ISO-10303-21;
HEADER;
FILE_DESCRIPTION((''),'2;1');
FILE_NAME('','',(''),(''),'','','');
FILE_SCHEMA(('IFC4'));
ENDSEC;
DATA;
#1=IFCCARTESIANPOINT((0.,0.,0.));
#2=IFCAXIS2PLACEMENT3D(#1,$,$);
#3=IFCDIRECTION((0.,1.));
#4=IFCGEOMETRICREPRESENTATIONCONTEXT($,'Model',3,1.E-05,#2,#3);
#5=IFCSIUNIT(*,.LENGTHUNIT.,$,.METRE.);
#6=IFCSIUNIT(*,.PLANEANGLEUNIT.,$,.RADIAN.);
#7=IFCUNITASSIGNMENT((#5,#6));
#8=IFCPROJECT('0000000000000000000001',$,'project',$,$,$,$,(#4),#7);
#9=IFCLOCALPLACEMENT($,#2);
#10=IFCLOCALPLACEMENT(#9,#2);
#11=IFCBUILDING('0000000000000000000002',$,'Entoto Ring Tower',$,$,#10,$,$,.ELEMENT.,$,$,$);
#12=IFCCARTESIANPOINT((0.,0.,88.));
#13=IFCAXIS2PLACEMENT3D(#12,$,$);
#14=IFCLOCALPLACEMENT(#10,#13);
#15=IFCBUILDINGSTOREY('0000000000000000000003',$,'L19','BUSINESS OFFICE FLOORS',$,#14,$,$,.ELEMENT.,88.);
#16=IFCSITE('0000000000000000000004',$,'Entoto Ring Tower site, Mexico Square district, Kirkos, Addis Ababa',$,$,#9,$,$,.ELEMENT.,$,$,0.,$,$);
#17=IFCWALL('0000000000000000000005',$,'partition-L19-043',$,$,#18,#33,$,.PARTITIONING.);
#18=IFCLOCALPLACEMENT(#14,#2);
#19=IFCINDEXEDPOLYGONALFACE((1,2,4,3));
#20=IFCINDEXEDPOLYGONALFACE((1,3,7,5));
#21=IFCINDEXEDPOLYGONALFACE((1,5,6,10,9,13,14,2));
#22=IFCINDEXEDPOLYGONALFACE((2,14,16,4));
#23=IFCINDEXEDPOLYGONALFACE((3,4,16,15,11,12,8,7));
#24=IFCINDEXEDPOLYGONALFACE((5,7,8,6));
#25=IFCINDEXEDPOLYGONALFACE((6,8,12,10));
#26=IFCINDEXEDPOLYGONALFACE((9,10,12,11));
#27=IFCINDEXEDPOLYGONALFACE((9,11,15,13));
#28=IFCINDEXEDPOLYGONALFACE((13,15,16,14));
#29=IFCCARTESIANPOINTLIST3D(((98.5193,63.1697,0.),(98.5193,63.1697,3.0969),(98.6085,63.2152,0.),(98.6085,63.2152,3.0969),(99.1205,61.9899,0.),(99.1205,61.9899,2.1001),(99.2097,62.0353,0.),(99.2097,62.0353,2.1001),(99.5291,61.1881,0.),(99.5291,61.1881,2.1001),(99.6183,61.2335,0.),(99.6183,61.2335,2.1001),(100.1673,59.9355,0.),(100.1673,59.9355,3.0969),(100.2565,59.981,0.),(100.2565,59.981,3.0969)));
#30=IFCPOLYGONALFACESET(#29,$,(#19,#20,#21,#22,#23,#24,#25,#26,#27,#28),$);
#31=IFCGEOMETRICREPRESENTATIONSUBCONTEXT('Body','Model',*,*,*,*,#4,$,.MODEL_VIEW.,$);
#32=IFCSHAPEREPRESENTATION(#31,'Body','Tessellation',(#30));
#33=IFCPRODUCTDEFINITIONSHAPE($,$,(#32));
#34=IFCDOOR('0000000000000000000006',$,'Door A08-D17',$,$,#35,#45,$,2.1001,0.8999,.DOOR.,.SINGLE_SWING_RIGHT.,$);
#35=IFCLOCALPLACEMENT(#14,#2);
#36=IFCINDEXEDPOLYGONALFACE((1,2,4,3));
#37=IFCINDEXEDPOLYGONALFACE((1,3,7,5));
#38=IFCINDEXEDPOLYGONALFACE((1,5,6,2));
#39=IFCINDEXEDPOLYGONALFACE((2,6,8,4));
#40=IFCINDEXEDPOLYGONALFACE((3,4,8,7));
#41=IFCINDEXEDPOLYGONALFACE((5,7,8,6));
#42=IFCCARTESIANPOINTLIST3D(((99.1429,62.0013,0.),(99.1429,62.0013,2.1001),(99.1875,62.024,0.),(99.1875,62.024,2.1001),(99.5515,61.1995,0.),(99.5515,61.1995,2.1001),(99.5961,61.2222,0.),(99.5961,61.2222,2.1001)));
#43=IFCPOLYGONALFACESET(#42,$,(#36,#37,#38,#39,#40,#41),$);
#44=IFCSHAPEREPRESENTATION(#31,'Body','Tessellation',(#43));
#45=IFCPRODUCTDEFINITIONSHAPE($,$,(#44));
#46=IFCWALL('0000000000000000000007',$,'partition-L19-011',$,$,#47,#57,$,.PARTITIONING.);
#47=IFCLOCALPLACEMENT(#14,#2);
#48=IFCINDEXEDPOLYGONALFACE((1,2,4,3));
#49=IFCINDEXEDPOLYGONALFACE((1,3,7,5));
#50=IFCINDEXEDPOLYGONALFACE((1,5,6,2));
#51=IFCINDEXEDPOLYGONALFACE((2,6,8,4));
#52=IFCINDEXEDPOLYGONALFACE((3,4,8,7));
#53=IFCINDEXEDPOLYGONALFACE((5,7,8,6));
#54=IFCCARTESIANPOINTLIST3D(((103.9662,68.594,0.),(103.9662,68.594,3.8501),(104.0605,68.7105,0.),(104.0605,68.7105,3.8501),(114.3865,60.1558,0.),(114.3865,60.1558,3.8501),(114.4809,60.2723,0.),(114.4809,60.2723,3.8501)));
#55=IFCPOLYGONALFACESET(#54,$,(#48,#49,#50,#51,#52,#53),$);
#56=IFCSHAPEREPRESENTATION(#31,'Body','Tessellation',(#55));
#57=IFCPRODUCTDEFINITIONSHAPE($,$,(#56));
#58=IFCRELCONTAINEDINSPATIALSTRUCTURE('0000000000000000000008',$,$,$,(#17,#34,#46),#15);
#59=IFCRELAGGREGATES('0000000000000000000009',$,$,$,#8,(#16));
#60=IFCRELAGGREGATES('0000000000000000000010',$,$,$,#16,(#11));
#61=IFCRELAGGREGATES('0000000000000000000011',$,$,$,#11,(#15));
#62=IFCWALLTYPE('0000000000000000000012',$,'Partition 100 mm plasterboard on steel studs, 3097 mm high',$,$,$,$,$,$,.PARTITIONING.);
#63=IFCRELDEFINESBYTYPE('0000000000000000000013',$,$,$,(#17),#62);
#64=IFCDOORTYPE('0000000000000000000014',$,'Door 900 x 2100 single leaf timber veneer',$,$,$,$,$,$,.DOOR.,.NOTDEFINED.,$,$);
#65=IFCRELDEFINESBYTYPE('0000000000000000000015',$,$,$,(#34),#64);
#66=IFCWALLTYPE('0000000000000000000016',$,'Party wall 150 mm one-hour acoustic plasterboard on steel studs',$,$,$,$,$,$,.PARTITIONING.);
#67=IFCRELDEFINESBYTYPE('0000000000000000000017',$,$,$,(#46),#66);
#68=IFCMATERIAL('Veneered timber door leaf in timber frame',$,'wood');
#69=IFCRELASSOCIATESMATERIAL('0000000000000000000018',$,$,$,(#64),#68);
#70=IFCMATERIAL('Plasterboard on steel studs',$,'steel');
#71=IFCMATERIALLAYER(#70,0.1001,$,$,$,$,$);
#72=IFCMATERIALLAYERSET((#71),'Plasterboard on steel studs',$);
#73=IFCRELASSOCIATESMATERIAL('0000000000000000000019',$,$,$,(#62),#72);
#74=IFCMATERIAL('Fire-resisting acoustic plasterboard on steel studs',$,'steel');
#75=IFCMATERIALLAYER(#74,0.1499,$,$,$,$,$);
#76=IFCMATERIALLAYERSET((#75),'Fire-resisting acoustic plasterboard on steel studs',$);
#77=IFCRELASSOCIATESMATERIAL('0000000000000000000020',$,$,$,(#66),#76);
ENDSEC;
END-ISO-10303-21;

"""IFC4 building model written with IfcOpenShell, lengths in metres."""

from ifc_helpers import new_model, si_unit, direction, frame, frame_2d, origin, place, context, subcontext, project, spatial, rectangle, extrude, material, layer, layer_set, type_object, element, fill, save


model = new_model("IFC4")

# Units and contexts
model_context = context("Model", 3, precision=1e-05, world=origin(), true_north=direction((0.0, 1.0)))
body_context = subcontext(model_context, "Body", "Model", "MODEL_VIEW")
ifc_project = project(units=[si_unit("LENGTHUNIT", "METRE"), si_unit("PLANEANGLEUNIT", "RADIAN")], contexts=[model_context])

# Site, building, storey
site_placement = place(None, origin())
site = spatial("IfcSite", under=ifc_project, at=site_placement, Name="Entoto Ring Tower site, Mexico Square district, Kirkos, Addis Ababa", CompositionType="ELEMENT", RefElevation=0.0)
building_placement = place(site_placement, origin())
building = spatial("IfcBuilding", under=site, at=building_placement, Name="Entoto Ring Tower", CompositionType="ELEMENT")
storey_placement = place(building_placement, frame((0.0, 0.0, 88.0)))
storey = spatial("IfcBuildingStorey", under=building, at=storey_placement, Name="L19", Description="BUSINESS OFFICE FLOORS", CompositionType="ELEMENT", Elevation=88.0)

# Shared definitions
ifc_material_1 = material(Name="Veneered timber door leaf in timber frame", Category="wood")
door_type = type_object("IfcDoorType", Name="Door 900 x 2100 single leaf timber veneer", OperationType="NOTDEFINED", PredefinedType="DOOR", material=ifc_material_1)

# Wall, opening, door
ifc_material_2 = material(Name="Plasterboard on steel studs", Category="steel")
ifc_layer_1 = layer(ifc_material_2, 0.1001)
ifc_layer_set_1 = layer_set([ifc_layer_1], Name="Plasterboard on steel studs")
wall_type_1 = type_object("IfcWallType", Name="Partition 100 mm plasterboard on steel studs, 3097 mm high", PredefinedType="PARTITIONING", material=ifc_layer_set_1)
wall_1_placement = place(storey_placement, frame((100.2119, 59.9583, 0.0), z_axis=(0.0, 0.0, 1.0), x_axis=(-0.454007, 0.890998, 0.0)))
wall_1 = element("IfcWall", 1, at=wall_1_placement, inside=storey, type_object=wall_type_1, Name="partition-L19-043", PredefinedType="PARTITIONING", context=body_context, shape_type="SweptSolid", body=[
    extrude(rectangle(XDim=3.6299, YDim=0.1001, at=frame_2d((1.8149, 0.0))), origin(), (0.0, 0.0, 1.0), 3.0969),
])
opening_1_placement = place(wall_1_placement, frame((1.4058, 0.0, 0.0)))
opening_1 = element("IfcOpeningElement", 2, at=opening_1_placement, cuts=wall_1, PredefinedType="OPENING", context=body_context, shape_type="SweptSolid", body=[
    extrude(rectangle(XDim=0.8999, YDim=2.1001, at=frame_2d((0.45, 1.05))), frame((0.0, 0.0601, 0.0), z_axis=(0.0, -1.0, 0.0), x_axis=(1.0, 0.0, 0.0)), (0.0, 0.0, 1.0), 0.1201),
])
door_1_placement = place(opening_1_placement, origin())
door_1 = element("IfcDoor", 3, at=door_1_placement, inside=storey, type_object=door_type, Name="Door A08-D17", OperationType="SINGLE_SWING_RIGHT", OverallHeight=2.1001, OverallWidth=0.8999, PredefinedType="DOOR", context=body_context, shape_type="SweptSolid", body=[
    extrude(rectangle(XDim=0.8999, YDim=2.1001, at=frame_2d((0.45, 1.05))), frame((0.0, 0.0249, 0.0), z_axis=(0.0, -1.0, 0.0), x_axis=(1.0, 0.0, 0.0)), (0.0, 0.0, 1.0), 0.05),
])
fill(opening_1, door_1)

# Wall
ifc_material_3 = material(Name="Fire-resisting acoustic plasterboard on steel studs", Category="steel")
ifc_layer_2 = layer(ifc_material_3, 0.1499)
ifc_layer_set_2 = layer_set([ifc_layer_2], Name="Fire-resisting acoustic plasterboard on steel studs")
wall_type_2 = type_object("IfcWallType", Name="Party wall 150 mm one-hour acoustic plasterboard on steel studs", PredefinedType="PARTITIONING", material=ifc_layer_set_2)
wall_2_placement = place(storey_placement, frame((114.4336, 60.2141, 0.0), z_axis=(0.0, 0.0, 1.0), x_axis=(-0.777148, 0.629318, 0.0)))
element("IfcWall", 4, at=wall_2_placement, inside=storey, type_object=wall_type_2, Name="partition-L19-011", PredefinedType="PARTITIONING", context=body_context, shape_type="SweptSolid", body=[
    extrude(rectangle(XDim=13.4084, YDim=0.1499, at=frame_2d((6.7041, 0.0))), origin(), (0.0, 0.0, 1.0), 3.8501),
])

save(model, "model.ifc")
